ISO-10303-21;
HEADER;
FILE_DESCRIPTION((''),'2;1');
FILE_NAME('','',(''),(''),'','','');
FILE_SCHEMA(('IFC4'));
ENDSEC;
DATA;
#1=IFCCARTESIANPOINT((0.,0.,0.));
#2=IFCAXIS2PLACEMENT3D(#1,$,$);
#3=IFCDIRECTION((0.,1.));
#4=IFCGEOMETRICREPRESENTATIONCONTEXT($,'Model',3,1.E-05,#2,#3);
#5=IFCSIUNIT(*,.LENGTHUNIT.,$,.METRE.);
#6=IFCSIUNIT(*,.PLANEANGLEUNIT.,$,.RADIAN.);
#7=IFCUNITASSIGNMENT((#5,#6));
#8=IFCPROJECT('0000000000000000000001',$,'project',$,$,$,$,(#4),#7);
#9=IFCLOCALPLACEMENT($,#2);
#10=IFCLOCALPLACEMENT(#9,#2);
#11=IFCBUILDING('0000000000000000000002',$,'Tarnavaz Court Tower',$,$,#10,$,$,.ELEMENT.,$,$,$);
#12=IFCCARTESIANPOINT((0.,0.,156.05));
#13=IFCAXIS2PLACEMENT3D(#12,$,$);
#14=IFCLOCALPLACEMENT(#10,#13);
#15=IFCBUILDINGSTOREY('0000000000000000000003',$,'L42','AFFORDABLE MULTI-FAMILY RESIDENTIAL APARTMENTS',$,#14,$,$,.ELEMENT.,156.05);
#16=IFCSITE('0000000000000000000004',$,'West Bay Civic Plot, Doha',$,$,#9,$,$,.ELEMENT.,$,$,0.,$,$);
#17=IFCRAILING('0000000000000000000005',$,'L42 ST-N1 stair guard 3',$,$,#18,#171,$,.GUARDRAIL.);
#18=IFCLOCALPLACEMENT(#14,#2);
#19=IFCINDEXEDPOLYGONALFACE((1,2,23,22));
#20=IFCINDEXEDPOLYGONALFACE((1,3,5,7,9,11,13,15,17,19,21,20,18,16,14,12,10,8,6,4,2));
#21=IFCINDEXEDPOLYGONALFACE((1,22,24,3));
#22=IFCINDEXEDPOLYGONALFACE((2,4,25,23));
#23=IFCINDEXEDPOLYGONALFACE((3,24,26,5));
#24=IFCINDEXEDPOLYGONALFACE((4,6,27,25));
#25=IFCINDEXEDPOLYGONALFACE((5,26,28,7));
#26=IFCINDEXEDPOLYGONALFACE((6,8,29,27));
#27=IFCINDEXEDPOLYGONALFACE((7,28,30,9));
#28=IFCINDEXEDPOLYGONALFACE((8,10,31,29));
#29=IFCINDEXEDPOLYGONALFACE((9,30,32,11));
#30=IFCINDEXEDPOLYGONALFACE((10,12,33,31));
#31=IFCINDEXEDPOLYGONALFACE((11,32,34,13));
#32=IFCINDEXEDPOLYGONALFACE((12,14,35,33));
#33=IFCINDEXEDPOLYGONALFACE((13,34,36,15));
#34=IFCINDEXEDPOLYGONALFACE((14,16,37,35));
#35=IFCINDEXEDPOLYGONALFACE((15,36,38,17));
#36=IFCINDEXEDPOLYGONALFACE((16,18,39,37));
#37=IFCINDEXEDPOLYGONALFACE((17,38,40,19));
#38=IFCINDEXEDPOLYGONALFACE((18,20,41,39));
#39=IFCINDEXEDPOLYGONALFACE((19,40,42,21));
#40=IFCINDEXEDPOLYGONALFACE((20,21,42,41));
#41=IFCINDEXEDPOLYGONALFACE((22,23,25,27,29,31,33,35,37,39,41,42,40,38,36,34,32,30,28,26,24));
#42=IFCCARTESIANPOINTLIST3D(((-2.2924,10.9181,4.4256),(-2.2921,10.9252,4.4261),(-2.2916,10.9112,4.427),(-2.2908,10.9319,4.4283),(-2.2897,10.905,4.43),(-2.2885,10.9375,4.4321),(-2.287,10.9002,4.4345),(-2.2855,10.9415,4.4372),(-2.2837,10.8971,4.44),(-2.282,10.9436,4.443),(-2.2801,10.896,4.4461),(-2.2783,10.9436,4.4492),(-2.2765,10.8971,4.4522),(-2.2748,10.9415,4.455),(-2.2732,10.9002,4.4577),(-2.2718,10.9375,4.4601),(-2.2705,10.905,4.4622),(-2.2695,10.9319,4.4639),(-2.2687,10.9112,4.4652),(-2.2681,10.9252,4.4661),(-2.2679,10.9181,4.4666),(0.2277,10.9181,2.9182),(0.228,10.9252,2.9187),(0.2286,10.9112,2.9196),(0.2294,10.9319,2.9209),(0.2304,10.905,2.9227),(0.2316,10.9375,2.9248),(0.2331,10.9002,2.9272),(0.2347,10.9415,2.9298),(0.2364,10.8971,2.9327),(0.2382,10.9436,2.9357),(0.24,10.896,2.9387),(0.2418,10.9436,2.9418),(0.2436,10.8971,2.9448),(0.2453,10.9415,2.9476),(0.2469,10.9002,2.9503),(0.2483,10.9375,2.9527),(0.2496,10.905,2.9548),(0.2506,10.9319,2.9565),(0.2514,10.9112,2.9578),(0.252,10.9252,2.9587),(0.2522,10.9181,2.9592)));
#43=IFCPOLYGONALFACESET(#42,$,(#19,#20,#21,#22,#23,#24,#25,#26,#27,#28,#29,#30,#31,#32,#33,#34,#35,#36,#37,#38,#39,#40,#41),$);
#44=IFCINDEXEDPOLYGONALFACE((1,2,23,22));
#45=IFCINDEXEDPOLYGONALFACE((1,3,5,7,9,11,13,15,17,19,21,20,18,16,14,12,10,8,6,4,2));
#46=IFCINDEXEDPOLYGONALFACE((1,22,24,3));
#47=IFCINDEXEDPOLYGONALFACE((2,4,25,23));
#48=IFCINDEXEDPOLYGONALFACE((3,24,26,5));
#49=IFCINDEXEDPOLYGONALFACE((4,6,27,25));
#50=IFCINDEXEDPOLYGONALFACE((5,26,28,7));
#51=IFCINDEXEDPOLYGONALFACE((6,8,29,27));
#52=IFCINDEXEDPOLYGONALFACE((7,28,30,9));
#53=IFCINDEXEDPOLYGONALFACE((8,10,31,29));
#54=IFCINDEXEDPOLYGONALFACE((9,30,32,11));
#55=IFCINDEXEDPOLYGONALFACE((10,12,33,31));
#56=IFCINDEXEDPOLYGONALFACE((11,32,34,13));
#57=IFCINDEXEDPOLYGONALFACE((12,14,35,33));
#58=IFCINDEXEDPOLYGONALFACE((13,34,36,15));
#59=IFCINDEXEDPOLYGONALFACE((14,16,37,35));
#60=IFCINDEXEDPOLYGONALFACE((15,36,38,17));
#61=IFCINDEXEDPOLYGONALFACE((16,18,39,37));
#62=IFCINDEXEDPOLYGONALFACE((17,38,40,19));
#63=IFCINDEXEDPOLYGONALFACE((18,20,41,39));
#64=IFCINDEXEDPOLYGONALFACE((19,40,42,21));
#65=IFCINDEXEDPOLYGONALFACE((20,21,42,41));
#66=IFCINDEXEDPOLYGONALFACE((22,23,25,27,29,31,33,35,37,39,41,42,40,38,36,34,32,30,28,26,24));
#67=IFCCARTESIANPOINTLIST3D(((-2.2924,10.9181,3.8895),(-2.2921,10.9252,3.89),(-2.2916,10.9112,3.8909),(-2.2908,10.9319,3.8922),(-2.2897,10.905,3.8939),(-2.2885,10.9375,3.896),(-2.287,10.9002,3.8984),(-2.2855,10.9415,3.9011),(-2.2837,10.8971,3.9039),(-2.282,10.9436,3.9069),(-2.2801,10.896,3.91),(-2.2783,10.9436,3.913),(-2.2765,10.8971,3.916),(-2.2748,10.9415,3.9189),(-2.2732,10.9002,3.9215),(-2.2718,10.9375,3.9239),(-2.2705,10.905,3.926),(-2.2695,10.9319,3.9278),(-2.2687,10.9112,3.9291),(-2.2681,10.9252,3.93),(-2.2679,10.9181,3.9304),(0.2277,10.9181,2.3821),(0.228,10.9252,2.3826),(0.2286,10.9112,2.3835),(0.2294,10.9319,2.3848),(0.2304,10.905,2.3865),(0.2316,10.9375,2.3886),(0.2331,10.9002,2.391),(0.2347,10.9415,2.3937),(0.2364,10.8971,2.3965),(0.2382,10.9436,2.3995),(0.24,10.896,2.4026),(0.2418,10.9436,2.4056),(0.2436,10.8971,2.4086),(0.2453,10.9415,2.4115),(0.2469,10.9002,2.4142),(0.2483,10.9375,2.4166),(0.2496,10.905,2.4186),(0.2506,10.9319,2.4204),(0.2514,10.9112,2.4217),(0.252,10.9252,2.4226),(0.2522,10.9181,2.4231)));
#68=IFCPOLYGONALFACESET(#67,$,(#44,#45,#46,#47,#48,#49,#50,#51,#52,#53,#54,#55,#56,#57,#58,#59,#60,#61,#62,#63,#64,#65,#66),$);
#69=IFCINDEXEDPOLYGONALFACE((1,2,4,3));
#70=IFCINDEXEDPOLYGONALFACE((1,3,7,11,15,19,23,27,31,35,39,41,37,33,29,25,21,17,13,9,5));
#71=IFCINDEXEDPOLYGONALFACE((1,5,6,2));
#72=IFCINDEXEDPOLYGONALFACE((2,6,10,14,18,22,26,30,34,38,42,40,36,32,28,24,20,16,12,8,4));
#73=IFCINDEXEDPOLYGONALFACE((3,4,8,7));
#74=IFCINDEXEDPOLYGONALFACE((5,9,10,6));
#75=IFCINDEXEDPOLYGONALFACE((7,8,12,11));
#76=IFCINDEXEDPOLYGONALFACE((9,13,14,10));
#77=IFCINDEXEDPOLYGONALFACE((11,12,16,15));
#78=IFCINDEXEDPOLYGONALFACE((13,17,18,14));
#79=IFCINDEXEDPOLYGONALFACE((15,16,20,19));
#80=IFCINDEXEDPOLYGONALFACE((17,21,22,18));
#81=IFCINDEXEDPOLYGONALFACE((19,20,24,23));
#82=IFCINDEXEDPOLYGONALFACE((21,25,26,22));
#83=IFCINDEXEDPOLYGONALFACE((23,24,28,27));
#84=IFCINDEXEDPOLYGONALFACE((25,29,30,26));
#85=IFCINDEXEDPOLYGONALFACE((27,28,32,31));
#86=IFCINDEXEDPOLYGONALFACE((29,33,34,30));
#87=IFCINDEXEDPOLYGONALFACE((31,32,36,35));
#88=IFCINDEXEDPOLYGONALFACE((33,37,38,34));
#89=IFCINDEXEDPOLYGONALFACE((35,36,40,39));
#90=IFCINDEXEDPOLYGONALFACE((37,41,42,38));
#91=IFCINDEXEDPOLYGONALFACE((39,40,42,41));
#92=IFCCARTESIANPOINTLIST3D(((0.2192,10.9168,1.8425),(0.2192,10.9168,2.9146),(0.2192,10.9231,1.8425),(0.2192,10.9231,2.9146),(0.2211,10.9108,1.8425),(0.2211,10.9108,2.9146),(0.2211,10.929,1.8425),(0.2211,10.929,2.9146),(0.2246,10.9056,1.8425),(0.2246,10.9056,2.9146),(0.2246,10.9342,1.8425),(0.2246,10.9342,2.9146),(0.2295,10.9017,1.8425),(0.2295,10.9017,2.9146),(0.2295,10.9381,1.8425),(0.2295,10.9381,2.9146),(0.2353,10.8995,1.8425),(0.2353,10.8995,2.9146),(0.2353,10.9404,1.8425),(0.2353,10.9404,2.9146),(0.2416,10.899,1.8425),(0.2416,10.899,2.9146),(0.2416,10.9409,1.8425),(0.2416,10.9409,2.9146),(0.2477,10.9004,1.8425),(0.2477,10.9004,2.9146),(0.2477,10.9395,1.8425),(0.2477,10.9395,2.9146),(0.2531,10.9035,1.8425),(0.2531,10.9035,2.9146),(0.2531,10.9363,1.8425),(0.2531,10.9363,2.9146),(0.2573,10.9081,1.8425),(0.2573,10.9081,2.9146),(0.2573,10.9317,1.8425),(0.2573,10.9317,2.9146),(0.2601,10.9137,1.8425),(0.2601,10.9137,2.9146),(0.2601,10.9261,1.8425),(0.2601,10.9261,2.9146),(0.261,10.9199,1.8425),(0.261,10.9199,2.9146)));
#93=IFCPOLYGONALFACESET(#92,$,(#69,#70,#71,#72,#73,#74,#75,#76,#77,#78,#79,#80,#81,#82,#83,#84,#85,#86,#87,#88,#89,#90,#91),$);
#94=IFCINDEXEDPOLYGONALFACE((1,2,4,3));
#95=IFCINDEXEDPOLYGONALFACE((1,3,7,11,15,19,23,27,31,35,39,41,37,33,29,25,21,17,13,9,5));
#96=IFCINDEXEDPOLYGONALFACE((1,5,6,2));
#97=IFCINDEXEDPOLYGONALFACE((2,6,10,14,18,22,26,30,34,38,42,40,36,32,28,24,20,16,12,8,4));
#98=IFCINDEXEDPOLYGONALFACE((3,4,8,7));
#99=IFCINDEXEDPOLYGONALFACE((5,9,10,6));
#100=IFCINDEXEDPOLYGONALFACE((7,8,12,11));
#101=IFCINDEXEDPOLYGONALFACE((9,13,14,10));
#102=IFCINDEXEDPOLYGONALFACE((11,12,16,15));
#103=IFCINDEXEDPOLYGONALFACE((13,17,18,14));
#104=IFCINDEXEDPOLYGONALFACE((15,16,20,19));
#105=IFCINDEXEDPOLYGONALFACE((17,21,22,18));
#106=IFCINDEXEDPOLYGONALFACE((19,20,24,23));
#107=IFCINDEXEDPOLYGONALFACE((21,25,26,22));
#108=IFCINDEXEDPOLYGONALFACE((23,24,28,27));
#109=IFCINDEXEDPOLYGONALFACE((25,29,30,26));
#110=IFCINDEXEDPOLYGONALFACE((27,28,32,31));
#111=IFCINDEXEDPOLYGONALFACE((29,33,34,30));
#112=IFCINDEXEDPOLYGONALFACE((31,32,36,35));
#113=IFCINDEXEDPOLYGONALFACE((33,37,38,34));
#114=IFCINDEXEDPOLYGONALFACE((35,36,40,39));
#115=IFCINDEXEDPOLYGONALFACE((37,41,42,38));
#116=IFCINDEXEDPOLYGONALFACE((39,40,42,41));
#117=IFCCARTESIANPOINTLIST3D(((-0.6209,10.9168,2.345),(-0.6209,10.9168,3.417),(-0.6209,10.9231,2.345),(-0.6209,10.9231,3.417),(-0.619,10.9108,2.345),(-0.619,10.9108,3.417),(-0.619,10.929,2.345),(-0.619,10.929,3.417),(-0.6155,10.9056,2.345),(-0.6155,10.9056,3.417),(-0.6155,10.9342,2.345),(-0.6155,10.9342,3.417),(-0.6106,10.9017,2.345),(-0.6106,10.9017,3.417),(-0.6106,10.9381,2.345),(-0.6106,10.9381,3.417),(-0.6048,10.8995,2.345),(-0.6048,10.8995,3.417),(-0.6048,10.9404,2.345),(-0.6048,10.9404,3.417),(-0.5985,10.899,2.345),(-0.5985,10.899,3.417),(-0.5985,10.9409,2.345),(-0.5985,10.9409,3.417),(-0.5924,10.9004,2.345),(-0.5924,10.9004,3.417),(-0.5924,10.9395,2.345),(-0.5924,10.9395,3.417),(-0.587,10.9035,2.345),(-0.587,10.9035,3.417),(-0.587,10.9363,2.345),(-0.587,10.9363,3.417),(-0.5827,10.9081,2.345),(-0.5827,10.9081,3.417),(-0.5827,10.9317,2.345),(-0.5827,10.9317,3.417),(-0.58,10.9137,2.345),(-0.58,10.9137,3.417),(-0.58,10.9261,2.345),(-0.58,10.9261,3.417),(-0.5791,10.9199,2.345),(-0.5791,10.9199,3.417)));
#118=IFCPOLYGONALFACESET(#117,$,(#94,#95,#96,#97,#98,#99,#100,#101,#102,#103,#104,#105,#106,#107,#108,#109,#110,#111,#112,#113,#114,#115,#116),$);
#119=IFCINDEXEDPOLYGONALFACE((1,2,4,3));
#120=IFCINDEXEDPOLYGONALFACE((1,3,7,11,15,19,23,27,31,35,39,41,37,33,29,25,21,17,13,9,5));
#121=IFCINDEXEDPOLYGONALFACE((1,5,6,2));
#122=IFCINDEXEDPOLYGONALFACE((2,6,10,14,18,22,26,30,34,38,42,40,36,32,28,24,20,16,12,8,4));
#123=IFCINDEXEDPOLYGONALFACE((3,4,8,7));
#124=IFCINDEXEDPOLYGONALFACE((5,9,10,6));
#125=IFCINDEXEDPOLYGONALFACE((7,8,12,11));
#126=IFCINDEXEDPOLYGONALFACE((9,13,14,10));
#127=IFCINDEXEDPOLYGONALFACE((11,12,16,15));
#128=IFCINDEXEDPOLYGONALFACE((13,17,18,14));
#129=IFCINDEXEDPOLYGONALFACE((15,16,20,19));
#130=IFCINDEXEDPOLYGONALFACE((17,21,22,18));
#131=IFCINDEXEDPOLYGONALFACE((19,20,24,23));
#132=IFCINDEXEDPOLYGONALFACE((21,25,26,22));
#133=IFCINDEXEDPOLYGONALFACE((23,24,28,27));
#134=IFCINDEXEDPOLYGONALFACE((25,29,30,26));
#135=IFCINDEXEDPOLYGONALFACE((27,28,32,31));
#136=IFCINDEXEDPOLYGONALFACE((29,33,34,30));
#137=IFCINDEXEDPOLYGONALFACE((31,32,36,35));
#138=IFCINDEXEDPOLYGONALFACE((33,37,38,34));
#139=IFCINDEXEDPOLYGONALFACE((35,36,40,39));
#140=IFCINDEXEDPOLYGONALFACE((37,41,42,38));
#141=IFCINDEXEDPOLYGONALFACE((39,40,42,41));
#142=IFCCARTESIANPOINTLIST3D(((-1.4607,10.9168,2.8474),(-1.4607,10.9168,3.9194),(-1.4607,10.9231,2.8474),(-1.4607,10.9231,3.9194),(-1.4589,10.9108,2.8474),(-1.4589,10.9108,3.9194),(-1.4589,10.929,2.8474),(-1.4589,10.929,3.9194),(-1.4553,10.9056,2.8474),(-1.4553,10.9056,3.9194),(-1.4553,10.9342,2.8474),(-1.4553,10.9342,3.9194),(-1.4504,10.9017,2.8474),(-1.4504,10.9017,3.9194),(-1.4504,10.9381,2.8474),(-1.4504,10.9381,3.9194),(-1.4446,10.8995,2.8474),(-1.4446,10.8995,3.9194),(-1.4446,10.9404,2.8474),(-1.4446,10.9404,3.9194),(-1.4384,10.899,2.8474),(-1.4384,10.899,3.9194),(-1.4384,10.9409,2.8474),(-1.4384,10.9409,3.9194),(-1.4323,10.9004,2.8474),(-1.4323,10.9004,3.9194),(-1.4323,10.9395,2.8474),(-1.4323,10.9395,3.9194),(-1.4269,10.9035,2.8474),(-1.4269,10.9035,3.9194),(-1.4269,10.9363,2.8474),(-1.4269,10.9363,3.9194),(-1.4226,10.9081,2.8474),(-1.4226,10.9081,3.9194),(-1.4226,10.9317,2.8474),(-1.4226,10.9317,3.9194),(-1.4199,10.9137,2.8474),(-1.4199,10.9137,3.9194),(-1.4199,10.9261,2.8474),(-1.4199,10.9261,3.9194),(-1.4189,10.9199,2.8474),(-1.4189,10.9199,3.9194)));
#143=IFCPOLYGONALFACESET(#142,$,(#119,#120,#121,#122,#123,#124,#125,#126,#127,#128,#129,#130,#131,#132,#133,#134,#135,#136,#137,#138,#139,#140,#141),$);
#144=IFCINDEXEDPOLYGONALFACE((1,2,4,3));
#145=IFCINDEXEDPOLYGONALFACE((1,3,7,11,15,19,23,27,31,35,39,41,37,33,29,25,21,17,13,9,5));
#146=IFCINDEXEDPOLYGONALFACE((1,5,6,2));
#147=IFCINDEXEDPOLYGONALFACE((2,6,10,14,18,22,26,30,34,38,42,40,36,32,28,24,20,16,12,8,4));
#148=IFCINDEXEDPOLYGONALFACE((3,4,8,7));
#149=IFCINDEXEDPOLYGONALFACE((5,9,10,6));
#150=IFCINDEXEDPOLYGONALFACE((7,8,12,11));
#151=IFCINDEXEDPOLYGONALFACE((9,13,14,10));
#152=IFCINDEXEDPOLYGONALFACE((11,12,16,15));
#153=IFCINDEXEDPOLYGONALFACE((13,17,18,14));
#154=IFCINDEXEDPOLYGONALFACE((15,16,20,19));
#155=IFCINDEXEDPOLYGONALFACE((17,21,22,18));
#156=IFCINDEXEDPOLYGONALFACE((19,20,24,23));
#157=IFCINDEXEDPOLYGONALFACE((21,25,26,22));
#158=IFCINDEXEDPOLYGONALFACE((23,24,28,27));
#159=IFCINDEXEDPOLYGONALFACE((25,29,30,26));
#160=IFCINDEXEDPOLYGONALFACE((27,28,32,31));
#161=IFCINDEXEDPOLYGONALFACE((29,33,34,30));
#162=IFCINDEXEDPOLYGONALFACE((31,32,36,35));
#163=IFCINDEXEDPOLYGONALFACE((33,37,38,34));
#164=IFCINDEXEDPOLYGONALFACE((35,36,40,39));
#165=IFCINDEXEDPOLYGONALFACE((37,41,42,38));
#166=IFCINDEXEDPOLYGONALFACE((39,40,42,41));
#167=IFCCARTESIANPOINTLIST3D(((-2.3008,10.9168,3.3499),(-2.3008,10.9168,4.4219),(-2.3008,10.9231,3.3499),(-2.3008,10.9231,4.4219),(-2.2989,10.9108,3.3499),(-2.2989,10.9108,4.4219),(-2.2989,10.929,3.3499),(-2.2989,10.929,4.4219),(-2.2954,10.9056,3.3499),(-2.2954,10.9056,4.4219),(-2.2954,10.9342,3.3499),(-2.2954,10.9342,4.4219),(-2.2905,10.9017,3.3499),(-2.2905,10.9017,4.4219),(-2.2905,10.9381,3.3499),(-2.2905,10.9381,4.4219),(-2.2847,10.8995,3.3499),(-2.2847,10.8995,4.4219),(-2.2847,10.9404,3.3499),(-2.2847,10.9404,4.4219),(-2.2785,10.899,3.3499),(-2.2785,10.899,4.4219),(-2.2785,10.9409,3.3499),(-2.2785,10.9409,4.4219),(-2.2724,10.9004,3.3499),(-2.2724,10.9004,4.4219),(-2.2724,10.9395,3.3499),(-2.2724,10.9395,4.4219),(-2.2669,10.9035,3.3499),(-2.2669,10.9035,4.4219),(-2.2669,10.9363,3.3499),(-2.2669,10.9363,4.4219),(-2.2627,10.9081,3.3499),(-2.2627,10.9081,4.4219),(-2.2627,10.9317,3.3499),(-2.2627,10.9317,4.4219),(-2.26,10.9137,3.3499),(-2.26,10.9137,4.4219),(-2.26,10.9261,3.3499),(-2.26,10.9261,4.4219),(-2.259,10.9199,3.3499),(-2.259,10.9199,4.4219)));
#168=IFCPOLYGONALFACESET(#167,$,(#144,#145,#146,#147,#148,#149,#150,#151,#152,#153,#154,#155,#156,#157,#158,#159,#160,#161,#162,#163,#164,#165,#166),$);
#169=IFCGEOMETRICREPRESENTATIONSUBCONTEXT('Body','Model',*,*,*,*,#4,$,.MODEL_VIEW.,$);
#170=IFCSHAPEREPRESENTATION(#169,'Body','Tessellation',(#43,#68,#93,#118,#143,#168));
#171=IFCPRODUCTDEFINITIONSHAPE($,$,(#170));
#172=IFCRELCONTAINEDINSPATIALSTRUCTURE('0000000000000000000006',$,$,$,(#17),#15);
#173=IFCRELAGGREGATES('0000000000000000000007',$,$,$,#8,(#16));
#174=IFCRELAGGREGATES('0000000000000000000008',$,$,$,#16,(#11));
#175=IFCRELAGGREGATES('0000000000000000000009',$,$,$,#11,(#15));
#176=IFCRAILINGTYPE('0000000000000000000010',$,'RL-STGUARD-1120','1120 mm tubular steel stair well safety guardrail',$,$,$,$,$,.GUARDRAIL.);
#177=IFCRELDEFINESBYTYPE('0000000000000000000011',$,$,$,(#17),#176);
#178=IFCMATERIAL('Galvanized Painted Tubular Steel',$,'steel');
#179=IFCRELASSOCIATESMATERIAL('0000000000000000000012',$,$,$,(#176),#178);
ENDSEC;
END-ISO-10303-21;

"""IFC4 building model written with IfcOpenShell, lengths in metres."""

from ifc_helpers import new_model, si_unit, direction, frame, origin, origin_2d, place, context, subcontext, project, spatial, circle, extrude, material, type_object, element, save


model = new_model("IFC4")

# Units and contexts
model_context = context("Model", 3, precision=1e-05, world=origin(), true_north=direction((0.0, 1.0)))
body_context = subcontext(model_context, "Body", "Model", "MODEL_VIEW")
ifc_project = project(units=[si_unit("LENGTHUNIT", "METRE"), si_unit("PLANEANGLEUNIT", "RADIAN")], contexts=[model_context])

# Site, building, storey
site_placement = place(None, origin())
site = spatial("IfcSite", under=ifc_project, at=site_placement, Name="West Bay Civic Plot, Doha", CompositionType="ELEMENT", RefElevation=0.0)
building_placement = place(site_placement, origin())
building = spatial("IfcBuilding", under=site, at=building_placement, Name="Tarnavaz Court Tower", CompositionType="ELEMENT")
storey_placement = place(building_placement, frame((0.0, 0.0, 156.05)))
storey = spatial("IfcBuildingStorey", under=building, at=storey_placement, Name="L42", Description="AFFORDABLE MULTI-FAMILY RESIDENTIAL APARTMENTS", CompositionType="ELEMENT", Elevation=156.05)

# Railing
ifc_material_1 = material(Name="Galvanized Painted Tubular Steel", Category="steel")
railing_type_1 = type_object("IfcRailingType", Name="RL-STGUARD-1120", Description="1120 mm tubular steel stair well safety guardrail", PredefinedType="GUARDRAIL", material=ifc_material_1)
railing_1_placement = place(storey_placement, frame((0.24, 10.9199, 1.8425)))
element("IfcRailing", 1, at=railing_1_placement, inside=storey, type_object=railing_type_1, Name="L42 ST-N1 stair guard 3", PredefinedType="GUARDRAIL", context=body_context, shape_type="SweptSolid", body=[
    extrude(circle(Radius=0.0239, at=origin_2d()), frame((0.0, 0.0, 1.0962), z_axis=(-0.858196, 0.0, 0.513321), x_axis=(0.0, -1.0, 0.0)), (0.0, 0.0, 1.0), 2.9365),
    extrude(circle(Radius=0.0239, at=origin_2d()), frame((0.0, 0.0, 0.5601), z_axis=(-0.858196, 0.0, 0.513321), x_axis=(0.0, -1.0, 0.0)), (0.0, 0.0, 1.0), 2.9365),
    extrude(circle(Radius=0.021, at=origin_2d()), origin(), (0.0, 0.0, 1.0), 1.072),
    extrude(circle(Radius=0.021, at=origin_2d()), frame((-0.8401, 0.0, 0.5024)), (0.0, 0.0, 1.0), 1.072),
    extrude(circle(Radius=0.021, at=origin_2d()), frame((-1.6799, 0.0, 1.0049)), (0.0, 0.0, 1.0), 1.072),
    extrude(circle(Radius=0.021, at=origin_2d()), frame((-2.52, 0.0, 1.5073)), (0.0, 0.0, 1.0), 1.072),
])

save(model, "model.ifc")
